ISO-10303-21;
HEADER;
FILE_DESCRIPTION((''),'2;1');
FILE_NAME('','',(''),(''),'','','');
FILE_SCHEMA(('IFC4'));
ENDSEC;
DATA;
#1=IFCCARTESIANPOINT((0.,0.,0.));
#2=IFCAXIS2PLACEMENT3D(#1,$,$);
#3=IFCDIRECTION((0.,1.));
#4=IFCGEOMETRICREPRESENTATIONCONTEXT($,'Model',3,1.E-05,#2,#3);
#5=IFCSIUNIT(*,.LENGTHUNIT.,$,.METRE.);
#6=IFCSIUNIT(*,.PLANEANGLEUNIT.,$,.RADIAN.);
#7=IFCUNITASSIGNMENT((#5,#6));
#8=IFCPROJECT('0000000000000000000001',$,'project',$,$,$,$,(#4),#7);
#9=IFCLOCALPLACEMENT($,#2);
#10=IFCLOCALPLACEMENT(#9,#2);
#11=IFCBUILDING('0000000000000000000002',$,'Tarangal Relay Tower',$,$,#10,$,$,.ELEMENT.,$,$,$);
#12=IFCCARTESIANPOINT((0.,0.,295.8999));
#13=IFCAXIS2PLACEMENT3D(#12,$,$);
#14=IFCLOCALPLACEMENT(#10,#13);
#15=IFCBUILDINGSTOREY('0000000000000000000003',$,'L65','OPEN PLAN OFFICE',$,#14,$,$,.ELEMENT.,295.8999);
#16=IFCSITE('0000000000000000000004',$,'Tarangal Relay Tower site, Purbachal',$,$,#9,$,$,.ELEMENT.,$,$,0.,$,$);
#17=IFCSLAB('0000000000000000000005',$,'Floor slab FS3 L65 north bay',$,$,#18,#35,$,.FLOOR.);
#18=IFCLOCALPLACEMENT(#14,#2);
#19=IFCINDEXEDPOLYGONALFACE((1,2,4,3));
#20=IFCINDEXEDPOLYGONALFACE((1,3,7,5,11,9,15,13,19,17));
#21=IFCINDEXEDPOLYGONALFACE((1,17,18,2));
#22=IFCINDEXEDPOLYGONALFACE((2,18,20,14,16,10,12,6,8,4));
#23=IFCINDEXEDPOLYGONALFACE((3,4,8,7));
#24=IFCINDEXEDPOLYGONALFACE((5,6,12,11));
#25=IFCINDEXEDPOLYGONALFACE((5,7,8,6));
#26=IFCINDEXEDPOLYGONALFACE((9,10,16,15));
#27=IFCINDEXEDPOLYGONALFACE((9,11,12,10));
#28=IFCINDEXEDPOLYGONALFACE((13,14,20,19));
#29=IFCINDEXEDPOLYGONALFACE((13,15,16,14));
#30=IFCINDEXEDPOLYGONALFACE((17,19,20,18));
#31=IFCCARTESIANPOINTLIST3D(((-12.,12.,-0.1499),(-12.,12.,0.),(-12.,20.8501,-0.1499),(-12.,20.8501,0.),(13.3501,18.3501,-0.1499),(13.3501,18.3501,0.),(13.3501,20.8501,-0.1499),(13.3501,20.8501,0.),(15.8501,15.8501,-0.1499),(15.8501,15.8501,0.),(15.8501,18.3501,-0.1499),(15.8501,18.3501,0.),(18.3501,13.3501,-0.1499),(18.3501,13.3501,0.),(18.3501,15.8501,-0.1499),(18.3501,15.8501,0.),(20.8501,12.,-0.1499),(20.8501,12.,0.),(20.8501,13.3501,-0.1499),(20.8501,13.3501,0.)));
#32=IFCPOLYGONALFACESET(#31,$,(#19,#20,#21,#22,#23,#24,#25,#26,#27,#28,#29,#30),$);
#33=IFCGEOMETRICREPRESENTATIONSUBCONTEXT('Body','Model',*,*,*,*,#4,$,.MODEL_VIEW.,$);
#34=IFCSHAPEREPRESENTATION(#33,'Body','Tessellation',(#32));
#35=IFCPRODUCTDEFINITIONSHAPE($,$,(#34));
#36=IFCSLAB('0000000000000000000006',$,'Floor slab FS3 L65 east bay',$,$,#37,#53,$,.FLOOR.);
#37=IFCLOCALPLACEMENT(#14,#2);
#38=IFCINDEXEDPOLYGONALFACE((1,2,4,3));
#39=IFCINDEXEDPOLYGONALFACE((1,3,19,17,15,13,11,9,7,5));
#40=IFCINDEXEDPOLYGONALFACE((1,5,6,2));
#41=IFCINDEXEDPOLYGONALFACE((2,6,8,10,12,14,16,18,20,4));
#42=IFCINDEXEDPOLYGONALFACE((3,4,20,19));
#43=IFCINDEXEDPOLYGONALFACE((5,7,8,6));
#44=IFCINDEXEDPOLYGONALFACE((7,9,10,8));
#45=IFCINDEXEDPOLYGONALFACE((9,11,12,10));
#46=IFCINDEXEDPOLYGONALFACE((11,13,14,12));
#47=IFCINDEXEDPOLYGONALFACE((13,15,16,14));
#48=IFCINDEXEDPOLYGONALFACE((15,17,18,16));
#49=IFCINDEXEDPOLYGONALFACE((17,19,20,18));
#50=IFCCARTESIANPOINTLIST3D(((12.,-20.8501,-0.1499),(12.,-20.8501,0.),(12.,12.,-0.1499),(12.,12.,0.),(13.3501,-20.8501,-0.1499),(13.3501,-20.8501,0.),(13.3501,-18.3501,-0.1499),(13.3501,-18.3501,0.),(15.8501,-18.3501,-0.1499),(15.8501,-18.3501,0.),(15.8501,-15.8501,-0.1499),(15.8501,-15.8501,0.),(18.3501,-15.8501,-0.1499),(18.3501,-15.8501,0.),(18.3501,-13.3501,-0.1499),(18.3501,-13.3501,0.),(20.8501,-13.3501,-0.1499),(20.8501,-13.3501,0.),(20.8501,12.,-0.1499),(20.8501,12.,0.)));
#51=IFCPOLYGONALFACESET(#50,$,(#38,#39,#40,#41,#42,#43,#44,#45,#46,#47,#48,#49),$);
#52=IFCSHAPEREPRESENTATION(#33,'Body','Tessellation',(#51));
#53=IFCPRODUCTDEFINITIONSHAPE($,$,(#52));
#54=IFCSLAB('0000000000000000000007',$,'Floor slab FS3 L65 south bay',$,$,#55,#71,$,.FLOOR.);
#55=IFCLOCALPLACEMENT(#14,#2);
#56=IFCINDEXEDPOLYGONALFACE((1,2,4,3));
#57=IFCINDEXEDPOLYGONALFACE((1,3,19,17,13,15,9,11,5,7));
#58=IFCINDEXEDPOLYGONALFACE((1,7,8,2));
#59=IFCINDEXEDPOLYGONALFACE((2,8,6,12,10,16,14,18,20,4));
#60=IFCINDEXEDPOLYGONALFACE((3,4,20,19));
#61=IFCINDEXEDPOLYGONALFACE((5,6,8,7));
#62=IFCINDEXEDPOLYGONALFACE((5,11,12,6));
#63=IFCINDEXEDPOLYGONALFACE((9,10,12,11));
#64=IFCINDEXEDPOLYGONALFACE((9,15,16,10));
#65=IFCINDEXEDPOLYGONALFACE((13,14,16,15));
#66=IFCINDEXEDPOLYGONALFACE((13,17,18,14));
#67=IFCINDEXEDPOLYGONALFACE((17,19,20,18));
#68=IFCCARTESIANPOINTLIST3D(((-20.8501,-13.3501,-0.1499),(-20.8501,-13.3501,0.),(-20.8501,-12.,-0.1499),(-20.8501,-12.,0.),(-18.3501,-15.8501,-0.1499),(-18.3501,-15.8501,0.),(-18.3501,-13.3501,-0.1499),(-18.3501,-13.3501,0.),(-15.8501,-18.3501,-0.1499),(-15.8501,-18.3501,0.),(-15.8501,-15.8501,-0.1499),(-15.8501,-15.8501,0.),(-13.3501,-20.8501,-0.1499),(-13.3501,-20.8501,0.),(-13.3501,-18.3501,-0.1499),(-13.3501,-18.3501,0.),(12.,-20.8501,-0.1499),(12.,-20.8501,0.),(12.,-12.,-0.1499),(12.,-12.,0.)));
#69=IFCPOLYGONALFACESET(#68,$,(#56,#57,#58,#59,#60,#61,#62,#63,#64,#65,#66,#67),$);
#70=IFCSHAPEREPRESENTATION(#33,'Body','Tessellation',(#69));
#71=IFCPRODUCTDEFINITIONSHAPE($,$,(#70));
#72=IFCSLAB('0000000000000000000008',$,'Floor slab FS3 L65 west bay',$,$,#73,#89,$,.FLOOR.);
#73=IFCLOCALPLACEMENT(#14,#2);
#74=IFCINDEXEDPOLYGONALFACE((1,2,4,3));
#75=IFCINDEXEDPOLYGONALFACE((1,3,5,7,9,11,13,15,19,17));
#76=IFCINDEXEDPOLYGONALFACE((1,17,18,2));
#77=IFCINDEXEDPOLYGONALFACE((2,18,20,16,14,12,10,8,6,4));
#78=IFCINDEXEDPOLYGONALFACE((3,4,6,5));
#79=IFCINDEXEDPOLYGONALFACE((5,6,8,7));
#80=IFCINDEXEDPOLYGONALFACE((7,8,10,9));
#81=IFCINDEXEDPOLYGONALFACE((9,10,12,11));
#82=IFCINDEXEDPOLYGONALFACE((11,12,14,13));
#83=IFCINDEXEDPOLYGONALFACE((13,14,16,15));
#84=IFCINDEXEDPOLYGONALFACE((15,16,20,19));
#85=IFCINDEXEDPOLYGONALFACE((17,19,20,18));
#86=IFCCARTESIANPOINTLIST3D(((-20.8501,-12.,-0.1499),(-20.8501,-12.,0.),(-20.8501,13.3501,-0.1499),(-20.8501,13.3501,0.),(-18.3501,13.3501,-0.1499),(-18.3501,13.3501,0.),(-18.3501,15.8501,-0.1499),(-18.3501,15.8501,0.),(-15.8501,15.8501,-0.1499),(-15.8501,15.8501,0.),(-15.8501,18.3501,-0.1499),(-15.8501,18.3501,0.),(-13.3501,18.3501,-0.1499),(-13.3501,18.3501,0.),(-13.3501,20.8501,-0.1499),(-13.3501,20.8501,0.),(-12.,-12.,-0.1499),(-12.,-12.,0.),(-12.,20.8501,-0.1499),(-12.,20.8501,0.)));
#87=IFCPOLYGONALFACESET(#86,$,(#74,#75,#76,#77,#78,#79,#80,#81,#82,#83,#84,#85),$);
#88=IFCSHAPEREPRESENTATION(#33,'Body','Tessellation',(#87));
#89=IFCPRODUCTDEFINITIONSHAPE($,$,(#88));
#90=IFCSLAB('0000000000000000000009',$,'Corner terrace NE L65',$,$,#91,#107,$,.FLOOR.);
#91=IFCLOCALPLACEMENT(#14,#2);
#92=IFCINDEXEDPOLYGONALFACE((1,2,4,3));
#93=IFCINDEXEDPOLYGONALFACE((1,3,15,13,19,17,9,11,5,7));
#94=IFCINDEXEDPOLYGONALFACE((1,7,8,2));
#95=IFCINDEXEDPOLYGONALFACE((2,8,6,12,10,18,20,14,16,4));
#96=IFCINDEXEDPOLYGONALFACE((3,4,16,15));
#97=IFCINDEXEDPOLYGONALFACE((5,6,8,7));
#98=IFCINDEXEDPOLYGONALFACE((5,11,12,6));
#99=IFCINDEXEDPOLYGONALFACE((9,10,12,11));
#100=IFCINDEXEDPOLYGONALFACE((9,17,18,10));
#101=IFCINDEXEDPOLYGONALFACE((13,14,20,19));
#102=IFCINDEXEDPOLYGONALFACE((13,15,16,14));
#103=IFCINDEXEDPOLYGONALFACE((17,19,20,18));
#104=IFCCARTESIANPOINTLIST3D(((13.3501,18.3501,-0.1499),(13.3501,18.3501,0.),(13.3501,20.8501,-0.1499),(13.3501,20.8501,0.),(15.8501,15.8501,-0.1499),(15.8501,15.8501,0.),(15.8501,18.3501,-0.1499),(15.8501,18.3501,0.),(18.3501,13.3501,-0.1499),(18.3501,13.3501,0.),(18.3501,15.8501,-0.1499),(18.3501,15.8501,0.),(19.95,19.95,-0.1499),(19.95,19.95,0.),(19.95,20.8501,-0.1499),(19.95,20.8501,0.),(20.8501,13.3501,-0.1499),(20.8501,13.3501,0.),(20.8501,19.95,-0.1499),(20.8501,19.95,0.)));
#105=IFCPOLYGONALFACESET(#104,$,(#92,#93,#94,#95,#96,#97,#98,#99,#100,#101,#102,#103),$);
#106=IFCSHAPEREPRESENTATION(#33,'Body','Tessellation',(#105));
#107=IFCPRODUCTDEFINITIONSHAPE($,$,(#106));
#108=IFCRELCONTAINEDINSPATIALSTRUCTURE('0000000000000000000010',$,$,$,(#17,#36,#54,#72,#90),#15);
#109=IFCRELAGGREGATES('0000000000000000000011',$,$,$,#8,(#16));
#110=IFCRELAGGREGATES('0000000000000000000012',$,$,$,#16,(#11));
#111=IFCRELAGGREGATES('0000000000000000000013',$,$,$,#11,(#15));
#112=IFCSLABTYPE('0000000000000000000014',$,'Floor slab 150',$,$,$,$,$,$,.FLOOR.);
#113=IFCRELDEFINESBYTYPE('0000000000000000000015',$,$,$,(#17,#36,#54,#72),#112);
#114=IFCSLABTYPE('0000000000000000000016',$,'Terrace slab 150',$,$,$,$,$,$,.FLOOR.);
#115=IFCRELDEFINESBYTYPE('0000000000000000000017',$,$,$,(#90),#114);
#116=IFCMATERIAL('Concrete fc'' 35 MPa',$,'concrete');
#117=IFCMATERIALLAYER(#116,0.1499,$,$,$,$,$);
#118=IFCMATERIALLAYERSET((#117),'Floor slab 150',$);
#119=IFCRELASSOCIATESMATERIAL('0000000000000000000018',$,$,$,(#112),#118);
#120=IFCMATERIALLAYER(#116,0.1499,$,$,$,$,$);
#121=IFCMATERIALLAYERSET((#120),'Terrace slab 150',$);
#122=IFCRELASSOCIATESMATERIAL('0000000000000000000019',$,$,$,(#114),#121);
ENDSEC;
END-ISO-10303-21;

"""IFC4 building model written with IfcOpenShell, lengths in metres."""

from ifc_helpers import new_model, si_unit, direction, frame, origin, place, context, subcontext, project, spatial, polyline, outline, extrude, material, layer, layer_set, type_object, element, save


model = new_model("IFC4")

# Units and contexts
model_context = context("Model", 3, precision=1e-05, world=origin(), true_north=direction((0.0, 1.0)))
body_context = subcontext(model_context, "Body", "Model", "MODEL_VIEW")
ifc_project = project(units=[si_unit("LENGTHUNIT", "METRE"), si_unit("PLANEANGLEUNIT", "RADIAN")], contexts=[model_context])

# Site, building, storey
site_placement = place(None, origin())
site = spatial("IfcSite", under=ifc_project, at=site_placement, Name="Tarangal Relay Tower site, Purbachal", CompositionType="ELEMENT", RefElevation=0.0)
building_placement = place(site_placement, origin())
building = spatial("IfcBuilding", under=site, at=building_placement, Name="Tarangal Relay Tower", CompositionType="ELEMENT")
storey_placement = place(building_placement, frame((0.0, 0.0, 295.8999)))
storey = spatial("IfcBuildingStorey", under=building, at=storey_placement, Name="L65", Description="OPEN PLAN OFFICE", CompositionType="ELEMENT", Elevation=295.8999)

# Slabs
ifc_material_1 = material(Name="Concrete fc' 35 MPa", Category="concrete")
ifc_layer_1 = layer(ifc_material_1, 0.1499)
ifc_layer_set_1 = layer_set([ifc_layer_1], Name="Floor slab 150")
slab_type_1 = type_object("IfcSlabType", Name="Floor slab 150", PredefinedType="FLOOR", material=ifc_layer_set_1)
slab_1_placement = place(storey_placement, frame((0.0, 0.0, -0.1499)))
element("IfcSlab", 1, at=slab_1_placement, inside=storey, type_object=slab_type_1, Name="Floor slab FS3 L65 north bay", PredefinedType="FLOOR", context=body_context, shape_type="SweptSolid", body=[
    extrude(outline(polyline([(13.3501, 20.8501), (13.3501, 18.3501), (15.8501, 18.3501), (15.8501, 15.8501), (18.3501, 15.8501), (18.3501, 13.3501), (20.8501, 13.3501), (20.8501, 12.0), (-12.0, 12.0), (-12.0, 20.8501), (13.3501, 20.8501)])), origin(), (0.0, 0.0, 1.0), 0.1499),
])
slab_2_placement = place(storey_placement, frame((0.0, 0.0, -0.1499)))
element("IfcSlab", 2, at=slab_2_placement, inside=storey, type_object=slab_type_1, Name="Floor slab FS3 L65 east bay", PredefinedType="FLOOR", context=body_context, shape_type="SweptSolid", body=[
    extrude(outline(polyline([(20.8501, -13.3501), (18.3501, -13.3501), (18.3501, -15.8501), (15.8501, -15.8501), (15.8501, -18.3501), (13.3501, -18.3501), (13.3501, -20.8501), (12.0, -20.8501), (12.0, 12.0), (20.8501, 12.0), (20.8501, -13.3501)])), origin(), (0.0, 0.0, 1.0), 0.1499),
])
slab_3_placement = place(storey_placement, frame((0.0, 0.0, -0.1499)))
element("IfcSlab", 3, at=slab_3_placement, inside=storey, type_object=slab_type_1, Name="Floor slab FS3 L65 south bay", PredefinedType="FLOOR", context=body_context, shape_type="SweptSolid", body=[
    extrude(outline(polyline([(-13.3501, -20.8501), (-13.3501, -18.3501), (-15.8501, -18.3501), (-15.8501, -15.8501), (-18.3501, -15.8501), (-18.3501, -13.3501), (-20.8501, -13.3501), (-20.8501, -12.0), (12.0, -12.0), (12.0, -20.8501), (-13.3501, -20.8501)])), origin(), (0.0, 0.0, 1.0), 0.1499),
])
slab_4_placement = place(storey_placement, frame((0.0, 0.0, -0.1499)))
element("IfcSlab", 4, at=slab_4_placement, inside=storey, type_object=slab_type_1, Name="Floor slab FS3 L65 west bay", PredefinedType="FLOOR", context=body_context, shape_type="SweptSolid", body=[
    extrude(outline(polyline([(-12.0, 20.8501), (-12.0, -12.0), (-20.8501, -12.0), (-20.8501, 13.3501), (-18.3501, 13.3501), (-18.3501, 15.8501), (-15.8501, 15.8501), (-15.8501, 18.3501), (-13.3501, 18.3501), (-13.3501, 20.8501), (-12.0, 20.8501)])), origin(), (0.0, 0.0, 1.0), 0.1499),
])
ifc_layer_2 = layer(ifc_material_1, 0.1499)
ifc_layer_set_2 = layer_set([ifc_layer_2], Name="Terrace slab 150")
slab_type_2 = type_object("IfcSlabType", Name="Terrace slab 150", PredefinedType="FLOOR", material=ifc_layer_set_2)
slab_5_placement = place(storey_placement, frame((0.0, 0.0, -0.1499)))
element("IfcSlab", 5, at=slab_5_placement, inside=storey, type_object=slab_type_2, Name="Corner terrace NE L65", PredefinedType="FLOOR", context=body_context, shape_type="SweptSolid", body=[
    extrude(outline(polyline([(13.3501, 20.8501), (13.3501, 18.3501), (15.8501, 18.3501), (15.8501, 15.8501), (18.3501, 15.8501), (18.3501, 13.3501), (20.8501, 13.3501), (20.8501, 19.95), (19.95, 19.95), (19.95, 20.8501), (13.3501, 20.8501)])), origin(), (0.0, 0.0, 1.0), 0.1499),
])

save(model, "model.ifc")
